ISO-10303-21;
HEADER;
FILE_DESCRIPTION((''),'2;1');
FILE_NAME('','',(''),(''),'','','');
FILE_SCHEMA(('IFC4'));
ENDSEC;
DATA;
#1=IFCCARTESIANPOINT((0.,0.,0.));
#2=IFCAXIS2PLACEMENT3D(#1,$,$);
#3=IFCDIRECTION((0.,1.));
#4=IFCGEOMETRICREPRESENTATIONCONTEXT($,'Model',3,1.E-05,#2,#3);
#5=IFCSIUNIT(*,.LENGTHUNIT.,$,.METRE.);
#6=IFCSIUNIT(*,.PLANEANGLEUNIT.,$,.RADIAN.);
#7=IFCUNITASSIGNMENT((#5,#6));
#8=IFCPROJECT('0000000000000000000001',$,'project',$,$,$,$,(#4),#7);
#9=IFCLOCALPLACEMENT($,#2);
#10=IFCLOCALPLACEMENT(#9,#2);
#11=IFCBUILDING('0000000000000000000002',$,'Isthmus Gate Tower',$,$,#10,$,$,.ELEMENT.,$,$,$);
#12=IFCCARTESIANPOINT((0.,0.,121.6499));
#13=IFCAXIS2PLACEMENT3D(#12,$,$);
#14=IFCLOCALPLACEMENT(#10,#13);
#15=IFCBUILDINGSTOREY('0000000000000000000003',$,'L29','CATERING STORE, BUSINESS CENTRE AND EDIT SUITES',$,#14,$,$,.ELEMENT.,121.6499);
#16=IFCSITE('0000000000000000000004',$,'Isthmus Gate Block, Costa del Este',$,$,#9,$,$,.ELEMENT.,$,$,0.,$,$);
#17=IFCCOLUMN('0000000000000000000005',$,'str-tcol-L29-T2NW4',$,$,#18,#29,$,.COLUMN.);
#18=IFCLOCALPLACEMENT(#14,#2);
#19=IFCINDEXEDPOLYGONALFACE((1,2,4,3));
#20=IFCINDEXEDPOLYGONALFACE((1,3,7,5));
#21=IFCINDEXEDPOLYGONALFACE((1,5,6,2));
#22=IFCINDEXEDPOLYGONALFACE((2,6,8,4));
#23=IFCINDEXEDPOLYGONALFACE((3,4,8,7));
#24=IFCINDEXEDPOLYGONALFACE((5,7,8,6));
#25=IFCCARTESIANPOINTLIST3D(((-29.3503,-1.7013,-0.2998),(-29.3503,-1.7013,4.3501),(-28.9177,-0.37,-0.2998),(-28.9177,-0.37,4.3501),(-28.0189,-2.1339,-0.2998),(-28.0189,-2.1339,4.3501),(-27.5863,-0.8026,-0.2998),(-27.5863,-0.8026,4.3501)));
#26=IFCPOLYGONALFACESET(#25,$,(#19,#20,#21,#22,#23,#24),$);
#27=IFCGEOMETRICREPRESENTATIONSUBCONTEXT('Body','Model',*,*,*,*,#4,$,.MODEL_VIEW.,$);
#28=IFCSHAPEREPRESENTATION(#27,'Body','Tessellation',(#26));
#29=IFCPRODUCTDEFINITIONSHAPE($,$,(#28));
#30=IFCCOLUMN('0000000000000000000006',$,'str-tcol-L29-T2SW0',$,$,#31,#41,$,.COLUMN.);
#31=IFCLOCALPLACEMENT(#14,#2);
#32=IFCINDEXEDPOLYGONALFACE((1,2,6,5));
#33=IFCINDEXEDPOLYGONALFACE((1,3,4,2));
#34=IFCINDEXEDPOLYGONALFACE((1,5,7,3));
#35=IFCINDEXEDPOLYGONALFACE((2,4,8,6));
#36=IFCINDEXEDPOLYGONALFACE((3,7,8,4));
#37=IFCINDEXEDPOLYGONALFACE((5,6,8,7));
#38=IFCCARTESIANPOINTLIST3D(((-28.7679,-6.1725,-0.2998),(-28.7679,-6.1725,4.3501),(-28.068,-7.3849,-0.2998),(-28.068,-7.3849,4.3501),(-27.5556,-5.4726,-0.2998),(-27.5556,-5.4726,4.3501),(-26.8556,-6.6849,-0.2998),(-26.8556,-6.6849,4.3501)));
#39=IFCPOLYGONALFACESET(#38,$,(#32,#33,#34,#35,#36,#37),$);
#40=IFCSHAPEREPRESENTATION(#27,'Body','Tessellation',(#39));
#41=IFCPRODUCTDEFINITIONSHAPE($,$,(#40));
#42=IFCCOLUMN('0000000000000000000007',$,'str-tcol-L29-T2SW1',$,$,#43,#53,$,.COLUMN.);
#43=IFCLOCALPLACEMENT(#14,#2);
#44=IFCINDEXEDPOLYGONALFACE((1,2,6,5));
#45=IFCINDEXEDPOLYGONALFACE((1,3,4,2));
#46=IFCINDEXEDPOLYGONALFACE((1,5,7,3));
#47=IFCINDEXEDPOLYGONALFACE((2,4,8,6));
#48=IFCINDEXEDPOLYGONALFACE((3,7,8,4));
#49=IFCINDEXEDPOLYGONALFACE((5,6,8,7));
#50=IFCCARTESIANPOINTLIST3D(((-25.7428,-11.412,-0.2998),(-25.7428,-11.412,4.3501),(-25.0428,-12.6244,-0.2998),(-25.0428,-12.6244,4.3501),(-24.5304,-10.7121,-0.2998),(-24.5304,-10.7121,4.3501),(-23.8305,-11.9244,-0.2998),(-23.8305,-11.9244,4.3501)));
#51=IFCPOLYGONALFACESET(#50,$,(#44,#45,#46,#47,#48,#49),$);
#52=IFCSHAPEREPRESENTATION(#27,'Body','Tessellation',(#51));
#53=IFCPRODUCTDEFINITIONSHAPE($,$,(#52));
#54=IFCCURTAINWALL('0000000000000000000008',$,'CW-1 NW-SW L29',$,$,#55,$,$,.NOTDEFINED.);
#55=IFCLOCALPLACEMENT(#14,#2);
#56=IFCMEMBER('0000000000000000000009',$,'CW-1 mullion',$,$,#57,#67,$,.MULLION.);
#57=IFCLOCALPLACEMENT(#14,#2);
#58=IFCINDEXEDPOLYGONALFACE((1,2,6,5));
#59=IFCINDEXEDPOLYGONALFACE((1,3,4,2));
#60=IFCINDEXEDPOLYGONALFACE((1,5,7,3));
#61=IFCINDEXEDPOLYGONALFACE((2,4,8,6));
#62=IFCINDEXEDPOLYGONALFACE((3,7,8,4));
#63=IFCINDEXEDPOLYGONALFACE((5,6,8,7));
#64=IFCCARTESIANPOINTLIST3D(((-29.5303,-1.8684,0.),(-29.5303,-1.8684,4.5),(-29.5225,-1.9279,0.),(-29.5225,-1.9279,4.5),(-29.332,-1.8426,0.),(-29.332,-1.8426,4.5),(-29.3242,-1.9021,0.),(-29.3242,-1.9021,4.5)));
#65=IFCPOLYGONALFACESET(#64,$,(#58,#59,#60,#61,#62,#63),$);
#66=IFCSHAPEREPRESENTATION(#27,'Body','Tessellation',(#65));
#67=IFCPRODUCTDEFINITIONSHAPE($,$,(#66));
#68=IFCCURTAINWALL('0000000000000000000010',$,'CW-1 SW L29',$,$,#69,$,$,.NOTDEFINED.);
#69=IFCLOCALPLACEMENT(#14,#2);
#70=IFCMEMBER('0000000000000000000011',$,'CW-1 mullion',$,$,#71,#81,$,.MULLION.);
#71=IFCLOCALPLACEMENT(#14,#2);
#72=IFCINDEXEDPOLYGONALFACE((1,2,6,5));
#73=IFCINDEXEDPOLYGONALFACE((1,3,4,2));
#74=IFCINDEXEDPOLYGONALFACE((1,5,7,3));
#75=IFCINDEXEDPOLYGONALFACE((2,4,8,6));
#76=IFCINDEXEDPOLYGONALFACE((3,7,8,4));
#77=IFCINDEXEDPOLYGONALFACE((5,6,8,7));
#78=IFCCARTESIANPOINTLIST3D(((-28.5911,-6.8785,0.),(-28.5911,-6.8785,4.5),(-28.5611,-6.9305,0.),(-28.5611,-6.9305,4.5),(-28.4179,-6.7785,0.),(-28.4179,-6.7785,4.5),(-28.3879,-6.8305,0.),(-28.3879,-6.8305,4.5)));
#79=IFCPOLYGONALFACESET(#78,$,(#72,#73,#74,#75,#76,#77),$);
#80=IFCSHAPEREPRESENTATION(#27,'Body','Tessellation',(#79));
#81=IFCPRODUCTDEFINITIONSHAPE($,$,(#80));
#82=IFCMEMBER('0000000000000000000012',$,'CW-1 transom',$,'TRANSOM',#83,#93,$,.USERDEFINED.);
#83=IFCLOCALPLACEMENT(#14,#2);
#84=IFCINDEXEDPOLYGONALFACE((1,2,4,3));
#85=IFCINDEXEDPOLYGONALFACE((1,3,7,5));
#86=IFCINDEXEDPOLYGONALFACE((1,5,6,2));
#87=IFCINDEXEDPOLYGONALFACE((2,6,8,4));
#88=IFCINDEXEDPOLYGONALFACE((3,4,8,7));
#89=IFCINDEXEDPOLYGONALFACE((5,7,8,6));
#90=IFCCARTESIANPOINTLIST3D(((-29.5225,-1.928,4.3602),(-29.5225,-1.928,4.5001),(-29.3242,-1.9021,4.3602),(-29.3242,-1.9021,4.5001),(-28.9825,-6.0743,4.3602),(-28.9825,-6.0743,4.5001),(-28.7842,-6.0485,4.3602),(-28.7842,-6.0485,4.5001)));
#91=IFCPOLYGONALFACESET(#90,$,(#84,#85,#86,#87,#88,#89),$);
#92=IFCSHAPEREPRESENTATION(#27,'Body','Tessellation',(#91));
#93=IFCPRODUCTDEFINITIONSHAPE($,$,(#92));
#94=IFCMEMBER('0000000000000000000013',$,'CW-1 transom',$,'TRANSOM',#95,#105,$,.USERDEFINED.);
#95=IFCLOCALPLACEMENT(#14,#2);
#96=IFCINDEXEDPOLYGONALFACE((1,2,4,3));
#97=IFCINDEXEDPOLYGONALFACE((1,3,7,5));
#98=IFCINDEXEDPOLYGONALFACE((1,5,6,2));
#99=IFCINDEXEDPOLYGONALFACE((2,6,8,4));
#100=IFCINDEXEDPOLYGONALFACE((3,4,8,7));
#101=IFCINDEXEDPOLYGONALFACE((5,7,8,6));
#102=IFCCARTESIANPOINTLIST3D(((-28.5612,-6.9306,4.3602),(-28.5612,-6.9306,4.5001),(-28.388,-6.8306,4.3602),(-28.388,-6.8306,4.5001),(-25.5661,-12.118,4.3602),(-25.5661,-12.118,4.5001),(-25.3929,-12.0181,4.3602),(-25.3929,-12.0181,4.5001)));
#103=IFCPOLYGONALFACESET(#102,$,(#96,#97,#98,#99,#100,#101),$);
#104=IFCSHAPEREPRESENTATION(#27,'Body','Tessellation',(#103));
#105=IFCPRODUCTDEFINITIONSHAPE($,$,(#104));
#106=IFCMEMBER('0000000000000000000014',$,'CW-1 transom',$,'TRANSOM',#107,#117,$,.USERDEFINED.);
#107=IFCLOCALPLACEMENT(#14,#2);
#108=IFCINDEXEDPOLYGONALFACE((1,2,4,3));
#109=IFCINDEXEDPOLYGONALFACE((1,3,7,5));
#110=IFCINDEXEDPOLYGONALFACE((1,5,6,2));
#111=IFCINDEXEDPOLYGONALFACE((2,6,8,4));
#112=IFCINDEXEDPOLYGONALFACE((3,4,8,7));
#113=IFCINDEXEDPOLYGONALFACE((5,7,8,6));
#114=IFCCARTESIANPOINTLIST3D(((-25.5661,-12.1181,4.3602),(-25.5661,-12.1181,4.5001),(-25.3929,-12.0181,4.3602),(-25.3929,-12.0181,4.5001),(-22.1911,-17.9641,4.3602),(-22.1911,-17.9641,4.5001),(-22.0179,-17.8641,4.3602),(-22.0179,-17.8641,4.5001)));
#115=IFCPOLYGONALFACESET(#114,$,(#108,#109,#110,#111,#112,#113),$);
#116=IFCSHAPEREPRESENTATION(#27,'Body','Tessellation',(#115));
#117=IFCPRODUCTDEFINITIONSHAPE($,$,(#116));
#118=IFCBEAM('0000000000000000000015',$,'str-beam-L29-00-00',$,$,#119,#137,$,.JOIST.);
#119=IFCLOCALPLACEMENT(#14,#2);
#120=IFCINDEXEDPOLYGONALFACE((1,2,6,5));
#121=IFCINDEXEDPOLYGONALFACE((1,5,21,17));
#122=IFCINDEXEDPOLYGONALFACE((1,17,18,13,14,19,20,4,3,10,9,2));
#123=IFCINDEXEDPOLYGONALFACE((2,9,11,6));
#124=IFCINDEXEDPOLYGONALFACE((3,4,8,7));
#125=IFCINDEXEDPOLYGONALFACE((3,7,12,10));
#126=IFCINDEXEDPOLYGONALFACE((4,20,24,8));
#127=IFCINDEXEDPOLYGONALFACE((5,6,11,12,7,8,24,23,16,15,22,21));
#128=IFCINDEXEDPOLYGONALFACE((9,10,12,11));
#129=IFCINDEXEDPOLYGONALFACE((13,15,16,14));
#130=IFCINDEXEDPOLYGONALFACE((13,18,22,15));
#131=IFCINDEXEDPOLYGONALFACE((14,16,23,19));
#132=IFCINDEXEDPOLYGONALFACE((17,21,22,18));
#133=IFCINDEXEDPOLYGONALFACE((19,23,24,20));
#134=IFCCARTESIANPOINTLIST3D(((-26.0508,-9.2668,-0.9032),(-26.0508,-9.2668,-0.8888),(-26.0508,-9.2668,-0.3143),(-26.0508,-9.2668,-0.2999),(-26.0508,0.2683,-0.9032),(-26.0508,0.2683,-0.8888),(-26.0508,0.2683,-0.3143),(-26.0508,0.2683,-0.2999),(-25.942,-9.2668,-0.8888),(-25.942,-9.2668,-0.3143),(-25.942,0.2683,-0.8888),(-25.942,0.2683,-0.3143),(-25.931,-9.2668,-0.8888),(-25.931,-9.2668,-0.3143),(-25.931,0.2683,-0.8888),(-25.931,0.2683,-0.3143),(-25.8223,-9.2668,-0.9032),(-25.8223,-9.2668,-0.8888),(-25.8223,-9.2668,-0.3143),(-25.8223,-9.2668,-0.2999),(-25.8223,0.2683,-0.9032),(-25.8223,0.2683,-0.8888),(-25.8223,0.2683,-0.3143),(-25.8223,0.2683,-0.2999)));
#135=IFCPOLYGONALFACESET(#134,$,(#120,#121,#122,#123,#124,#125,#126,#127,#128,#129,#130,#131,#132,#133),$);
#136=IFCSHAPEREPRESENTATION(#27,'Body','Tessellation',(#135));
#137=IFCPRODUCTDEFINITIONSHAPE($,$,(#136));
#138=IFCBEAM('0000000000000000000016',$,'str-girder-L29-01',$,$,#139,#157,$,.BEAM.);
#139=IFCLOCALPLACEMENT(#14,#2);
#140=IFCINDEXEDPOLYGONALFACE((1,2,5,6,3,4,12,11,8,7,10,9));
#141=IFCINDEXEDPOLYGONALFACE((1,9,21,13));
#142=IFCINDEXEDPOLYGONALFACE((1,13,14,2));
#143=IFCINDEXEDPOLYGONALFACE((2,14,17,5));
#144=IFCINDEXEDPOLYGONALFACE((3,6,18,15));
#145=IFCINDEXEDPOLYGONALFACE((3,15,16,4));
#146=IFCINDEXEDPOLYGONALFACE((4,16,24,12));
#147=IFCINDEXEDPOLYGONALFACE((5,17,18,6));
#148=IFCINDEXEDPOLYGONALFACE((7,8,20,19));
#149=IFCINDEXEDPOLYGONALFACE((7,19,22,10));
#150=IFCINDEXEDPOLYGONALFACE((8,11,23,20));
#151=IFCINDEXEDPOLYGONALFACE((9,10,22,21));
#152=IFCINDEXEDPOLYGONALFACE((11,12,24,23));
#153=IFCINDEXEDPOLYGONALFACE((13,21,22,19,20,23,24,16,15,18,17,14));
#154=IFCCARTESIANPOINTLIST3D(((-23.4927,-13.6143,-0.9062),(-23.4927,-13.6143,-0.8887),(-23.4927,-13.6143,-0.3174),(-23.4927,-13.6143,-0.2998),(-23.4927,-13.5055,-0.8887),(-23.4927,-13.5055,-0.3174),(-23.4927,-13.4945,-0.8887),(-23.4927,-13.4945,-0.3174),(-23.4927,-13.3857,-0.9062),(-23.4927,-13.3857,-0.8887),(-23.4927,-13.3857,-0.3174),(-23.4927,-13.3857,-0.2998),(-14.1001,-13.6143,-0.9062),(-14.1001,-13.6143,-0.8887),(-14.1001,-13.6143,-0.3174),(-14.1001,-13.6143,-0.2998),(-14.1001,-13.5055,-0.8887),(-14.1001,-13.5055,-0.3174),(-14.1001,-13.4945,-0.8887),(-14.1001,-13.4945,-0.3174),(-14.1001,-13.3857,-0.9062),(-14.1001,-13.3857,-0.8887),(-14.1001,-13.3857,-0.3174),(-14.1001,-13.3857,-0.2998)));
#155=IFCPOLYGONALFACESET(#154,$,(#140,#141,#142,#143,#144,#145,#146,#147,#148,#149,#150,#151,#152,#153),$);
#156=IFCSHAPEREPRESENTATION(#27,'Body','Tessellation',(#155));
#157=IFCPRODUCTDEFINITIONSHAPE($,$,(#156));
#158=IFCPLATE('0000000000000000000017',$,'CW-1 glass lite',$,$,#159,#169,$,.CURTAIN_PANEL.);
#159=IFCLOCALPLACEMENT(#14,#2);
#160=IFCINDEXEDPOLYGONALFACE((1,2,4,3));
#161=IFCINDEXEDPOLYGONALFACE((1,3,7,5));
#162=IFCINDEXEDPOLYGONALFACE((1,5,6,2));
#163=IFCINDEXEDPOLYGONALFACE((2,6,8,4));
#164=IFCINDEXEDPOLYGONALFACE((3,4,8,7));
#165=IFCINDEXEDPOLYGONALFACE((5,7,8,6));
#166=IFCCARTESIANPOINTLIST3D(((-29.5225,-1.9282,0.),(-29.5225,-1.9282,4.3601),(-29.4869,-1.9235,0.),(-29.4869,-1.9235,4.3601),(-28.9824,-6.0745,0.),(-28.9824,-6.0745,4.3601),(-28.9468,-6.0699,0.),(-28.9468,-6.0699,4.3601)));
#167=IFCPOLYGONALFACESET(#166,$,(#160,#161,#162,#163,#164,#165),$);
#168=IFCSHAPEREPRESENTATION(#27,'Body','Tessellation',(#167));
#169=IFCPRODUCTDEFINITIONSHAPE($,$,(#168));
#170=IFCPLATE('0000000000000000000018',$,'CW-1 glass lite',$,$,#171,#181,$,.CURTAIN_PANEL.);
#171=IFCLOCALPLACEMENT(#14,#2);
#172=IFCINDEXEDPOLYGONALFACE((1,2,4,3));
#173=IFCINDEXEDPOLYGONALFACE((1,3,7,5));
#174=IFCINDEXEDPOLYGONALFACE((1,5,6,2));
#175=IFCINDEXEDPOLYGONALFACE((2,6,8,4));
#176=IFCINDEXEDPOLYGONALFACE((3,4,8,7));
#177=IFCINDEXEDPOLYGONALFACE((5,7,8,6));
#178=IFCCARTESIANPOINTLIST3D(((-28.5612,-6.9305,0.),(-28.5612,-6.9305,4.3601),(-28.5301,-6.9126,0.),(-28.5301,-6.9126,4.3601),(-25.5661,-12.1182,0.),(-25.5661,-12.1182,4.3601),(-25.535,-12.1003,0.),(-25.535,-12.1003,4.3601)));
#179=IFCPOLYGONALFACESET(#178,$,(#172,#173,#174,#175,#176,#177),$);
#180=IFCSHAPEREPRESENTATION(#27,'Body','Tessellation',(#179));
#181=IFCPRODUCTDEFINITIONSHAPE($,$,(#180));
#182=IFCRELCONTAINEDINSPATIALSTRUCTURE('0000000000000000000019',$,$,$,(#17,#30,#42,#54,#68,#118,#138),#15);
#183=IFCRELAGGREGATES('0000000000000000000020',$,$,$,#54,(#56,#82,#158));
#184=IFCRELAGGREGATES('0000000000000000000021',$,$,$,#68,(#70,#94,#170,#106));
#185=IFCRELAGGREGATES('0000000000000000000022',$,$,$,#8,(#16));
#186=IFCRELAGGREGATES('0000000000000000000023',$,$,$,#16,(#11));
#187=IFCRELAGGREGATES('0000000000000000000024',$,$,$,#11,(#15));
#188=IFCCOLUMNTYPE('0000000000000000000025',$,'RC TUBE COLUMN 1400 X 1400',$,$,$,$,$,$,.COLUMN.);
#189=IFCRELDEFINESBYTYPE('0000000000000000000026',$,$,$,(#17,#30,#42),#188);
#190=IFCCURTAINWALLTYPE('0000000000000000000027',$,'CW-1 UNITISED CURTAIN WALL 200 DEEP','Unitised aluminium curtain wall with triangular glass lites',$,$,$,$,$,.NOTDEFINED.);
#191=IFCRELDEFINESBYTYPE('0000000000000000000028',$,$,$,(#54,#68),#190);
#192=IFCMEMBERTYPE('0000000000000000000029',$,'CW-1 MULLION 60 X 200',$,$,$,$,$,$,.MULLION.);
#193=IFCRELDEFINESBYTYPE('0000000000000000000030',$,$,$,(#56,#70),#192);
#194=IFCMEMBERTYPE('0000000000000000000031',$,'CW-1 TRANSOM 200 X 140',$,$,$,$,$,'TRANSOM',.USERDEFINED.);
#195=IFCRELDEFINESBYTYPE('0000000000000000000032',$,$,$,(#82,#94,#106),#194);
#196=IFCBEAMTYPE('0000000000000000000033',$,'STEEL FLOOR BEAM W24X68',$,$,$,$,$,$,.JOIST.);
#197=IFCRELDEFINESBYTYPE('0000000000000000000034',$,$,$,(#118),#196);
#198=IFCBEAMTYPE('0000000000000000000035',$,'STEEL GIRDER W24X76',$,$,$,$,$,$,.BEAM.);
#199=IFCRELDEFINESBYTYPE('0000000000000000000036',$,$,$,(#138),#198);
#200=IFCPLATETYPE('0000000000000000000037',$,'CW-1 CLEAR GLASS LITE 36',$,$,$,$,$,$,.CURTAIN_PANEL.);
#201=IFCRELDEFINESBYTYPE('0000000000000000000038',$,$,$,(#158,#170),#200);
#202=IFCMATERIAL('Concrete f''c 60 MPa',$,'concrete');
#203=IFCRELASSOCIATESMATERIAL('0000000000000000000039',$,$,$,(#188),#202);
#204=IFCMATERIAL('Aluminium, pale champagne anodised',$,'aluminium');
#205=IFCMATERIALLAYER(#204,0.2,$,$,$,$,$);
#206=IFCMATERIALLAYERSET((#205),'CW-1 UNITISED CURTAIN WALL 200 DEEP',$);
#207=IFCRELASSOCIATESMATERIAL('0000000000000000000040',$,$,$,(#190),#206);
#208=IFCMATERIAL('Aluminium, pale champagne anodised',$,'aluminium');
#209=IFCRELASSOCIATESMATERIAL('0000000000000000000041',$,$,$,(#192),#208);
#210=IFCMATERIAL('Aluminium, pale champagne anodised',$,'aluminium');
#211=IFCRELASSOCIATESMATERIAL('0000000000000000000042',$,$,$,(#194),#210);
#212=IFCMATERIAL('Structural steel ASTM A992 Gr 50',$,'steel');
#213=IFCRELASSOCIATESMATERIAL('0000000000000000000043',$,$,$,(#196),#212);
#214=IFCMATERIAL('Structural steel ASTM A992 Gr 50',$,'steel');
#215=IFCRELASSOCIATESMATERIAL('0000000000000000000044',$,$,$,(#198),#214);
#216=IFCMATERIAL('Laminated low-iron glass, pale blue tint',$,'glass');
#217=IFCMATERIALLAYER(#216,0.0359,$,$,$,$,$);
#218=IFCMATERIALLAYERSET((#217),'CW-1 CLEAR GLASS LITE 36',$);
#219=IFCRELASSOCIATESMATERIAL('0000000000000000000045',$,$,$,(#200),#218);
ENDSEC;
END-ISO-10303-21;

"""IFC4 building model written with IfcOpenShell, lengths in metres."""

from ifc_helpers import new_model, si_unit, direction, frame, origin, origin_2d, place, context, subcontext, project, spatial, rectangle, i_section, extrude, material, layer, layer_set, material_profile, profile_set, type_object, element, aggregate, save


model = new_model("IFC4")

# Units and contexts
model_context = context("Model", 3, precision=1e-05, world=origin(), true_north=direction((0.0, 1.0)))
body_context = subcontext(model_context, "Body", "Model", "MODEL_VIEW")
ifc_project = project(units=[si_unit("LENGTHUNIT", "METRE"), si_unit("PLANEANGLEUNIT", "RADIAN")], contexts=[model_context])

# Site, building, storey
site_placement = place(None, origin())
site = spatial("IfcSite", under=ifc_project, at=site_placement, Name="Isthmus Gate Block, Costa del Este", CompositionType="ELEMENT", RefElevation=0.0)
building_placement = place(site_placement, origin())
building = spatial("IfcBuilding", under=site, at=building_placement, Name="Isthmus Gate Tower", CompositionType="ELEMENT")
storey_placement = place(building_placement, frame((0.0, 0.0, 121.6499)))
storey = spatial("IfcBuildingStorey", under=building, at=storey_placement, Name="L29", Description="CATERING STORE, BUSINESS CENTRE AND EDIT SUITES", CompositionType="ELEMENT", Elevation=121.6499)

# Columns
ifc_material_1 = material(Name="Concrete f'c 60 MPa", Category="concrete")
ifc_material_profile_1 = material_profile(ifc_material_1, rectangle(XDim=1.3999, YDim=1.3999, at=origin_2d()), Name="RC 1400X1400")
ifc_profile_set_1 = profile_set([ifc_material_profile_1], Name="Concrete f'c 60 MPa")
column_type = type_object("IfcColumnType", Name="RC TUBE COLUMN 1400 X 1400", PredefinedType="COLUMN", material=ifc_profile_set_1)
for number, where, z_axis, x_axis, name in (
    (1, (-28.4683, -1.252, -0.2998), (0.0, 0.0, 1.0), (-0.309017, -0.951057, 0.0), "str-tcol-L29-T2NW4"),
    (2, (-27.8118, -6.4287, -0.2998), (0.0, 0.0, 1.0), (0.5, -0.866025, 0.0), "str-tcol-L29-T2SW0"),
    (3, (-24.7866, -11.6682, -0.2998), (0.0, 0.0, 1.0), (0.5, -0.866025, 0.0), "str-tcol-L29-T2SW1"),
):
    element("IfcColumn", number, at=place(storey_placement, frame(where, z_axis=z_axis, x_axis=x_axis)), inside=storey, type_object=column_type, Name=name, PredefinedType="COLUMN", context=body_context, shape_type="SweptSolid", body=[
        extrude(rectangle(XDim=1.3999, YDim=1.3999, at=origin_2d()), origin(), (0.0, 0.0, 1.0), 4.6499),
    ])

# Curtain walls, members
ifc_material_2 = material(Name="Aluminium, pale champagne anodised", Category="aluminium")
ifc_layer_1 = layer(ifc_material_2, 0.2)
ifc_layer_set_1 = layer_set([ifc_layer_1], Name="CW-1 UNITISED CURTAIN WALL 200 DEEP")
curtain_wall_type = type_object("IfcCurtainWallType", Name="CW-1 UNITISED CURTAIN WALL 200 DEEP", Description="Unitised aluminium curtain wall with triangular glass lites", PredefinedType="NOTDEFINED", material=ifc_layer_set_1)
curtain_wall_1_placement = place(storey_placement, origin())
curtain_wall_1 = element("IfcCurtainWall", 4, at=curtain_wall_1_placement, inside=storey, type_object=curtain_wall_type, Name="CW-1 NW-SW L29", PredefinedType="NOTDEFINED")
ifc_material_3 = material(Name="Aluminium, pale champagne anodised", Category="aluminium")
ifc_material_profile_2 = material_profile(ifc_material_3, rectangle(XDim=0.0601, YDim=0.2, at=origin_2d()), Name="60x200")
ifc_profile_set_2 = profile_set([ifc_material_profile_2], Name="Aluminium, pale champagne anodised")
member_type_1 = type_object("IfcMemberType", Name="CW-1 MULLION 60 X 200", PredefinedType="MULLION", material=ifc_profile_set_2)
member_1_placement = place(storey_placement, frame((-29.4272, -1.8853, 0.0), z_axis=(0.0, 0.0, 1.0), x_axis=(0.129165, -0.991623, 0.0)))
member_1 = element("IfcMember", 5, at=member_1_placement, type_object=member_type_1, Name="CW-1 mullion", PredefinedType="MULLION", context=body_context, shape_type="SweptSolid", body=[
    extrude(rectangle(XDim=0.0601, YDim=0.2, at=origin_2d()), origin(), (0.0, 0.0, 1.0), 4.5),
])
curtain_wall_2_placement = place(storey_placement, origin())
curtain_wall_2 = element("IfcCurtainWall", 6, at=curtain_wall_2_placement, inside=storey, type_object=curtain_wall_type, Name="CW-1 SW L29", PredefinedType="NOTDEFINED")
member_2_placement = place(storey_placement, frame((-28.4895, -6.8545, 0.0), z_axis=(0.0, 0.0, 1.0), x_axis=(0.5, -0.866025, 0.0)))
member_2 = element("IfcMember", 7, at=member_2_placement, type_object=member_type_1, Name="CW-1 mullion", PredefinedType="MULLION", context=body_context, shape_type="SweptSolid", body=[
    extrude(rectangle(XDim=0.0601, YDim=0.2, at=origin_2d()), origin(), (0.0, 0.0, 1.0), 4.5),
])

# Members
ifc_material_4 = material(Name="Aluminium, pale champagne anodised", Category="aluminium")
ifc_material_profile_3 = material_profile(ifc_material_4, rectangle(XDim=0.2, YDim=0.1399, at=origin_2d()), Name="200x140")
ifc_profile_set_3 = profile_set([ifc_material_profile_3], Name="Aluminium, pale champagne anodised")
member_type_2 = type_object("IfcMemberType", Name="CW-1 TRANSOM 200 X 140", ElementType="TRANSOM", PredefinedType="USERDEFINED", material=ifc_profile_set_3)
member_3_placement = place(storey_placement, frame((-29.4233, -1.915, 4.4302), z_axis=(0.129149, -0.991625, 0.0), x_axis=(0.991625, 0.129149, 0.0)))
member_3 = element("IfcMember", 8, at=member_3_placement, type_object=member_type_2, Name="CW-1 transom", ObjectType="TRANSOM", PredefinedType="USERDEFINED", context=body_context, shape_type="SweptSolid", body=[
    extrude(rectangle(XDim=0.2, YDim=0.1399, at=origin_2d()), origin(), (0.0, 0.0, 1.0), 4.1814),
])
member_4_placement = place(storey_placement, frame((-28.4746, -6.8806, 4.4302), z_axis=(0.500014, -0.866017, 0.0), x_axis=(0.866017, 0.500014, 0.0)))
member_4 = element("IfcMember", 9, at=member_4_placement, type_object=member_type_2, Name="CW-1 transom", ObjectType="TRANSOM", PredefinedType="USERDEFINED", context=body_context, shape_type="SweptSolid", body=[
    extrude(rectangle(XDim=0.2, YDim=0.1399, at=origin_2d()), origin(), (0.0, 0.0, 1.0), 5.99),
])
member_5_placement = place(storey_placement, frame((-25.4795, -12.0681, 4.4302), z_axis=(0.499982, -0.866036, 0.0), x_axis=(0.866036, 0.499982, 0.0)))
member_5 = element("IfcMember", 10, at=member_5_placement, type_object=member_type_2, Name="CW-1 transom", ObjectType="TRANSOM", PredefinedType="USERDEFINED", context=body_context, shape_type="SweptSolid", body=[
    extrude(rectangle(XDim=0.2, YDim=0.1399, at=origin_2d()), origin(), (0.0, 0.0, 1.0), 6.7502),
])

# Beams
ifc_material_5 = material(Name="Structural steel ASTM A992 Gr 50", Category="steel")
ifc_material_profile_4 = material_profile(ifc_material_5, i_section(OverallWidth=0.2285, OverallDepth=0.6033, WebThickness=0.011, FlangeThickness=0.0144, at=origin_2d()), Name="W24X68")
ifc_profile_set_4 = profile_set([ifc_material_profile_4], Name="Structural steel ASTM A992 Gr 50")
beam_type_1 = type_object("IfcBeamType", Name="STEEL FLOOR BEAM W24X68", PredefinedType="JOIST", material=ifc_profile_set_4)
beam_1_placement = place(storey_placement, frame((-25.9365, -9.2668, -0.6016), z_axis=(0.0, 1.0, 0.0), x_axis=(-1.0, 0.0, 0.0)))
element("IfcBeam", 11, at=beam_1_placement, inside=storey, type_object=beam_type_1, Name="str-beam-L29-00-00", PredefinedType="JOIST", context=body_context, shape_type="SweptSolid", body=[
    extrude(i_section(OverallWidth=0.2285, OverallDepth=0.6033, WebThickness=0.011, FlangeThickness=0.0144, at=origin_2d()), origin(), (0.0, 0.0, 1.0), 9.5352),
])
ifc_material_6 = material(Name="Structural steel ASTM A992 Gr 50", Category="steel")
ifc_material_profile_5 = material_profile(ifc_material_6, i_section(OverallWidth=0.2285, OverallDepth=0.6064, WebThickness=0.011, FlangeThickness=0.0176, at=origin_2d()), Name="W24X76")
ifc_profile_set_5 = profile_set([ifc_material_profile_5], Name="Structural steel ASTM A992 Gr 50")
beam_type_2 = type_object("IfcBeamType", Name="STEEL GIRDER W24X76", PredefinedType="BEAM", material=ifc_profile_set_5)
beam_2_placement = place(storey_placement, frame((-23.4927, -13.5, -0.603), z_axis=(1.0, 0.0, 0.0), x_axis=(0.0, 1.0, 0.0)))
element("IfcBeam", 12, at=beam_2_placement, inside=storey, type_object=beam_type_2, Name="str-girder-L29-01", PredefinedType="BEAM", context=body_context, shape_type="SweptSolid", body=[
    extrude(i_section(OverallWidth=0.2285, OverallDepth=0.6064, WebThickness=0.011, FlangeThickness=0.0176, at=origin_2d()), origin(), (0.0, 0.0, 1.0), 9.3926),
])

# Plates
ifc_material_7 = material(Name="Laminated low-iron glass, pale blue tint", Category="glass")
ifc_layer_2 = layer(ifc_material_7, 0.0359)
ifc_layer_set_2 = layer_set([ifc_layer_2], Name="CW-1 CLEAR GLASS LITE 36")
plate_type = type_object("IfcPlateType", Name="CW-1 CLEAR GLASS LITE 36", PredefinedType="CURTAIN_PANEL", material=ifc_layer_set_2)
plate_1_placement = place(storey_placement, frame((-29.2346, -3.999, 0.0), z_axis=(0.0, 0.0, 1.0), x_axis=(0.129165, -0.991623, 0.0)))
plate_1 = element("IfcPlate", 13, at=plate_1_placement, type_object=plate_type, Name="CW-1 glass lite", PredefinedType="CURTAIN_PANEL", context=body_context, shape_type="SweptSolid", body=[
    extrude(rectangle(XDim=4.1814, YDim=0.0359, at=origin_2d()), origin(), (0.0, 0.0, 1.0), 4.3601),
])
aggregate(curtain_wall_1, [member_1, member_3, plate_1])
plate_2_placement = place(storey_placement, frame((-27.0481, -9.5154, 0.0), z_axis=(0.0, 0.0, 1.0), x_axis=(0.5, -0.866025, 0.0)))
plate_2 = element("IfcPlate", 14, at=plate_2_placement, type_object=plate_type, Name="CW-1 glass lite", PredefinedType="CURTAIN_PANEL", context=body_context, shape_type="SweptSolid", body=[
    extrude(rectangle(XDim=5.9902, YDim=0.0359, at=origin_2d()), origin(), (0.0, 0.0, 1.0), 4.3601),
])
aggregate(curtain_wall_2, [member_2, member_4, plate_2, member_5])

save(model, "model.ifc")
